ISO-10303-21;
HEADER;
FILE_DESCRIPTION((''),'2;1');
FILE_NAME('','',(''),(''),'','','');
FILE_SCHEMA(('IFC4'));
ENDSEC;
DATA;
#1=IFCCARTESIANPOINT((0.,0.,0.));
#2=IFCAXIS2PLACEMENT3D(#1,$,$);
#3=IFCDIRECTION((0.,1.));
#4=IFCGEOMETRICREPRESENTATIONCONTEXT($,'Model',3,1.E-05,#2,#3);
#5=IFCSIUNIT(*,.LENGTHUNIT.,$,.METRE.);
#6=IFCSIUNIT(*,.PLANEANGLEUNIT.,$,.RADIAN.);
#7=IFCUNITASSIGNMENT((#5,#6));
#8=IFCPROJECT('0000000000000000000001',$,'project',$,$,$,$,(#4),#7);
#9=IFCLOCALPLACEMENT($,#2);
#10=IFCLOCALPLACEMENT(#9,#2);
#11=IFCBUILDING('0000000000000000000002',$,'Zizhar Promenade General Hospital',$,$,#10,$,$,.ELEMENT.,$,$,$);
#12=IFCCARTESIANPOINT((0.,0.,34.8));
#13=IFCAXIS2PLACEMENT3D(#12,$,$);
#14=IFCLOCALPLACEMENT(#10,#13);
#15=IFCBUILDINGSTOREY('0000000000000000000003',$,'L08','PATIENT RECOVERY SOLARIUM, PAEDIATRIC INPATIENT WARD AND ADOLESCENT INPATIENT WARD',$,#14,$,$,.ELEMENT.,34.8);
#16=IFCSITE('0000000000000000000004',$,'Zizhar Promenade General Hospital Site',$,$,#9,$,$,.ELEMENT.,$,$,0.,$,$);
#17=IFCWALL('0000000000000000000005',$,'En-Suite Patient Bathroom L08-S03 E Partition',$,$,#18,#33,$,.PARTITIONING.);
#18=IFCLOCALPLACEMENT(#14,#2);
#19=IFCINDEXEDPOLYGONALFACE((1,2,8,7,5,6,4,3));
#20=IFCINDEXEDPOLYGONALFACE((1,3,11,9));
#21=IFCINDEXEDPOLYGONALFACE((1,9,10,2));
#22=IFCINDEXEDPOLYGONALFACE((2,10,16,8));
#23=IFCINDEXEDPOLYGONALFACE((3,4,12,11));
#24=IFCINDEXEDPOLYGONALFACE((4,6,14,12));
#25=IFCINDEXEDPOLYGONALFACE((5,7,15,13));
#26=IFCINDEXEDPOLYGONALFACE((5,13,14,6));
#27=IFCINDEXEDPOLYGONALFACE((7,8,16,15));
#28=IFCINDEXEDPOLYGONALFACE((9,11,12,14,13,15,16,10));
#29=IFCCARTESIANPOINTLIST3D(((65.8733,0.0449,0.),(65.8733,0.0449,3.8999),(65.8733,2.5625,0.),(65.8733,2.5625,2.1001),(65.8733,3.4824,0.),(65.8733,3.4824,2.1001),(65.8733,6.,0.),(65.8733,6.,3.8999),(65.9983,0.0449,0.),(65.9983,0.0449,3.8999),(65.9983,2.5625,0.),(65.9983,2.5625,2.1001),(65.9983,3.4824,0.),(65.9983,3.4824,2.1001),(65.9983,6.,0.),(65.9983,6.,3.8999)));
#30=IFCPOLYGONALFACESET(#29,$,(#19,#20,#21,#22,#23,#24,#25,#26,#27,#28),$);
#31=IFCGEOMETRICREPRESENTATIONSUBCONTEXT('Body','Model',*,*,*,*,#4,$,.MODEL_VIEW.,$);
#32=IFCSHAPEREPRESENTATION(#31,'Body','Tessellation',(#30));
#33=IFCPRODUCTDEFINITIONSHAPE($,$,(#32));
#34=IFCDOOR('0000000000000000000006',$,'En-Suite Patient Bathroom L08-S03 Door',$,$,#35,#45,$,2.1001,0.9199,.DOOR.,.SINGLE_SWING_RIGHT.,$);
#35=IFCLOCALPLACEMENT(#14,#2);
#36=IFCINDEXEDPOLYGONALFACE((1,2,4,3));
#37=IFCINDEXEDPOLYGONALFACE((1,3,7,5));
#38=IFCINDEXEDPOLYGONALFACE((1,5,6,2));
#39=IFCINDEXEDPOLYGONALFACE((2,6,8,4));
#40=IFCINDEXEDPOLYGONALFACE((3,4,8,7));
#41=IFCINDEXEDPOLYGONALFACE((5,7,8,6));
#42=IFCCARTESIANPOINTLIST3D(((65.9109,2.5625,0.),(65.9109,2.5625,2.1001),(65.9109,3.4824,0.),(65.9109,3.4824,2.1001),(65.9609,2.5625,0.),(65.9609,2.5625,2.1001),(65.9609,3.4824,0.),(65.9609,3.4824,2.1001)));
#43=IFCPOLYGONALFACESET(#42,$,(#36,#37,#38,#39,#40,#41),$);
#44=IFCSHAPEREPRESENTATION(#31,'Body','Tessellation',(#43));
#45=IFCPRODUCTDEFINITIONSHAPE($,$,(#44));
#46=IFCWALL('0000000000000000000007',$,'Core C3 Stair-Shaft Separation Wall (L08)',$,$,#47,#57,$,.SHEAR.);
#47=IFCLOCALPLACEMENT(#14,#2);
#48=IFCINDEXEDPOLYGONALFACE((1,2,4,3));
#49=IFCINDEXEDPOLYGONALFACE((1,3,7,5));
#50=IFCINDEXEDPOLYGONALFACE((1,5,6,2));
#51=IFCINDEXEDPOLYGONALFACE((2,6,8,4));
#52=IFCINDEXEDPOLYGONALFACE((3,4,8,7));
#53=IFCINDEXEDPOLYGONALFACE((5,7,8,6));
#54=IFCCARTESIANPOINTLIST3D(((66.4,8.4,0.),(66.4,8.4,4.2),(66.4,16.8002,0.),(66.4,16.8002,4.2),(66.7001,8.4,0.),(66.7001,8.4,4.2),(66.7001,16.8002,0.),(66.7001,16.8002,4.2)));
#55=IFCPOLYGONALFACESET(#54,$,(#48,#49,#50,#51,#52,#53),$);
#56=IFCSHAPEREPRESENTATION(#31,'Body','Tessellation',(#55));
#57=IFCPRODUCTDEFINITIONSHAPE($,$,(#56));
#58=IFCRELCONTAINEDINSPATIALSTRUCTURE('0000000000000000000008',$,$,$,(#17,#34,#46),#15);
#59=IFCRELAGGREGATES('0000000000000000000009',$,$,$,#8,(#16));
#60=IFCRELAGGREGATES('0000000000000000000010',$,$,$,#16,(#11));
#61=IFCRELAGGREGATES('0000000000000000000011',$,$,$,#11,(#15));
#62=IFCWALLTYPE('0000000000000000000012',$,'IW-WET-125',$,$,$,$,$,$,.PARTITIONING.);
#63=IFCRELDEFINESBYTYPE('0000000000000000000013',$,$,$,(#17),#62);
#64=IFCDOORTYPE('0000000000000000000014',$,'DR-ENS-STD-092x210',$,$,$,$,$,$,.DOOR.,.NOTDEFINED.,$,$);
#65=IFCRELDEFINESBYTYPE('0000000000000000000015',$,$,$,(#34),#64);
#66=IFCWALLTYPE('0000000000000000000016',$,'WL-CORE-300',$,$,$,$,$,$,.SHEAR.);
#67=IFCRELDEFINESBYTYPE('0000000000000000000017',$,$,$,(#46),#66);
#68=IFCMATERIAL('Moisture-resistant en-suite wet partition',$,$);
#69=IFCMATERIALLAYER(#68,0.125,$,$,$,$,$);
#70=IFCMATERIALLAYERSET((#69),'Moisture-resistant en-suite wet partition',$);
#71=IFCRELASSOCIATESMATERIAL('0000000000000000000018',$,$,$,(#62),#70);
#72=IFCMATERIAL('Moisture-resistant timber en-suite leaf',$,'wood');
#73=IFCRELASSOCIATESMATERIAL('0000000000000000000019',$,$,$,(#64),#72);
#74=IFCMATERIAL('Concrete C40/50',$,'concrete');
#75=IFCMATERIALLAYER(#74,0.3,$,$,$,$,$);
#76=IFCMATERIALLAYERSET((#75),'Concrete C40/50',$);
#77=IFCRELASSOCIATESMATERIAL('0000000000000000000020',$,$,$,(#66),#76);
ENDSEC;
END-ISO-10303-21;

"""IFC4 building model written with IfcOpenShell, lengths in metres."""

from ifc_helpers import new_model, si_unit, direction, frame, frame_2d, origin, place, context, subcontext, project, spatial, rectangle, extrude, material, layer, layer_set, type_object, element, fill, save


model = new_model("IFC4")

# Units and contexts
model_context = context("Model", 3, precision=1e-05, world=origin(), true_north=direction((0.0, 1.0)))
body_context = subcontext(model_context, "Body", "Model", "MODEL_VIEW")
ifc_project = project(units=[si_unit("LENGTHUNIT", "METRE"), si_unit("PLANEANGLEUNIT", "RADIAN")], contexts=[model_context])

# Site, building, storey
site_placement = place(None, origin())
site = spatial("IfcSite", under=ifc_project, at=site_placement, Name="Zizhar Promenade General Hospital Site", CompositionType="ELEMENT", RefElevation=0.0)
building_placement = place(site_placement, origin())
building = spatial("IfcBuilding", under=site, at=building_placement, Name="Zizhar Promenade General Hospital", CompositionType="ELEMENT")
storey_placement = place(building_placement, frame((0.0, 0.0, 34.8)))
storey = spatial("IfcBuildingStorey", under=building, at=storey_placement, Name="L08", Description="PATIENT RECOVERY SOLARIUM, PAEDIATRIC INPATIENT WARD AND ADOLESCENT INPATIENT WARD", CompositionType="ELEMENT", Elevation=34.8)

# Wall, opening, door
ifc_material_1 = material(Name="Moisture-resistant en-suite wet partition")
ifc_layer_1 = layer(ifc_material_1, 0.125)
ifc_layer_set_1 = layer_set([ifc_layer_1], Name="Moisture-resistant en-suite wet partition")
wall_type_1 = type_object("IfcWallType", Name="IW-WET-125", PredefinedType="PARTITIONING", material=ifc_layer_set_1)
wall_1_placement = place(storey_placement, frame((65.9358, 0.0449, 0.0), z_axis=(0.0, 0.0, 1.0), x_axis=(0.0, 1.0, 0.0)))
wall_1 = element("IfcWall", 1, at=wall_1_placement, inside=storey, type_object=wall_type_1, Name="En-Suite Patient Bathroom L08-S03 E Partition", PredefinedType="PARTITIONING", context=body_context, shape_type="SweptSolid", body=[
    extrude(rectangle(XDim=5.9551, YDim=0.125, at=frame_2d((2.9775, 0.0))), origin(), (0.0, 0.0, 1.0), 3.8999),
])
opening_1_placement = place(wall_1_placement, frame((2.5176, 0.0, 0.0)))
opening_1 = element("IfcOpeningElement", 2, at=opening_1_placement, cuts=wall_1, PredefinedType="OPENING", context=body_context, shape_type="SweptSolid", body=[
    extrude(rectangle(XDim=0.9199, YDim=2.1001, at=frame_2d((0.46, 1.05))), frame((0.0, 0.0725, 0.0), z_axis=(0.0, -1.0, 0.0), x_axis=(1.0, 0.0, 0.0)), (0.0, 0.0, 1.0), 0.145),
])
ifc_material_2 = material(Name="Moisture-resistant timber en-suite leaf", Category="wood")
door_type_1 = type_object("IfcDoorType", Name="DR-ENS-STD-092x210", OperationType="NOTDEFINED", PredefinedType="DOOR", material=ifc_material_2)
door_1_placement = place(opening_1_placement, origin())
door_1 = element("IfcDoor", 3, at=door_1_placement, inside=storey, type_object=door_type_1, Name="En-Suite Patient Bathroom L08-S03 Door", OperationType="SINGLE_SWING_RIGHT", OverallHeight=2.1001, OverallWidth=0.9199, PredefinedType="DOOR", context=body_context, shape_type="SweptSolid", body=[
    extrude(rectangle(XDim=0.9199, YDim=2.1001, at=frame_2d((0.46, 1.05))), frame((0.0, 0.0249, 0.0), z_axis=(0.0, -1.0, 0.0), x_axis=(1.0, 0.0, 0.0)), (0.0, 0.0, 1.0), 0.05),
])
fill(opening_1, door_1)

# Wall
ifc_material_3 = material(Name="Concrete C40/50", Category="concrete")
ifc_layer_2 = layer(ifc_material_3, 0.3)
ifc_layer_set_2 = layer_set([ifc_layer_2], Name="Concrete C40/50")
wall_type_2 = type_object("IfcWallType", Name="WL-CORE-300", PredefinedType="SHEAR", material=ifc_layer_set_2)
wall_2_placement = place(storey_placement, frame((66.55, 8.3999, 0.0), z_axis=(0.0, 0.0, 1.0), x_axis=(0.0, 1.0, 0.0)))
element("IfcWall", 4, at=wall_2_placement, inside=storey, type_object=wall_type_2, Name="Core C3 Stair-Shaft Separation Wall (L08)", PredefinedType="SHEAR", context=body_context, shape_type="SweptSolid", body=[
    extrude(rectangle(XDim=8.4001, YDim=0.3, at=frame_2d((4.2002, 0.0))), origin(), (0.0, 0.0, 1.0), 4.2),
])

save(model, "model.ifc")
